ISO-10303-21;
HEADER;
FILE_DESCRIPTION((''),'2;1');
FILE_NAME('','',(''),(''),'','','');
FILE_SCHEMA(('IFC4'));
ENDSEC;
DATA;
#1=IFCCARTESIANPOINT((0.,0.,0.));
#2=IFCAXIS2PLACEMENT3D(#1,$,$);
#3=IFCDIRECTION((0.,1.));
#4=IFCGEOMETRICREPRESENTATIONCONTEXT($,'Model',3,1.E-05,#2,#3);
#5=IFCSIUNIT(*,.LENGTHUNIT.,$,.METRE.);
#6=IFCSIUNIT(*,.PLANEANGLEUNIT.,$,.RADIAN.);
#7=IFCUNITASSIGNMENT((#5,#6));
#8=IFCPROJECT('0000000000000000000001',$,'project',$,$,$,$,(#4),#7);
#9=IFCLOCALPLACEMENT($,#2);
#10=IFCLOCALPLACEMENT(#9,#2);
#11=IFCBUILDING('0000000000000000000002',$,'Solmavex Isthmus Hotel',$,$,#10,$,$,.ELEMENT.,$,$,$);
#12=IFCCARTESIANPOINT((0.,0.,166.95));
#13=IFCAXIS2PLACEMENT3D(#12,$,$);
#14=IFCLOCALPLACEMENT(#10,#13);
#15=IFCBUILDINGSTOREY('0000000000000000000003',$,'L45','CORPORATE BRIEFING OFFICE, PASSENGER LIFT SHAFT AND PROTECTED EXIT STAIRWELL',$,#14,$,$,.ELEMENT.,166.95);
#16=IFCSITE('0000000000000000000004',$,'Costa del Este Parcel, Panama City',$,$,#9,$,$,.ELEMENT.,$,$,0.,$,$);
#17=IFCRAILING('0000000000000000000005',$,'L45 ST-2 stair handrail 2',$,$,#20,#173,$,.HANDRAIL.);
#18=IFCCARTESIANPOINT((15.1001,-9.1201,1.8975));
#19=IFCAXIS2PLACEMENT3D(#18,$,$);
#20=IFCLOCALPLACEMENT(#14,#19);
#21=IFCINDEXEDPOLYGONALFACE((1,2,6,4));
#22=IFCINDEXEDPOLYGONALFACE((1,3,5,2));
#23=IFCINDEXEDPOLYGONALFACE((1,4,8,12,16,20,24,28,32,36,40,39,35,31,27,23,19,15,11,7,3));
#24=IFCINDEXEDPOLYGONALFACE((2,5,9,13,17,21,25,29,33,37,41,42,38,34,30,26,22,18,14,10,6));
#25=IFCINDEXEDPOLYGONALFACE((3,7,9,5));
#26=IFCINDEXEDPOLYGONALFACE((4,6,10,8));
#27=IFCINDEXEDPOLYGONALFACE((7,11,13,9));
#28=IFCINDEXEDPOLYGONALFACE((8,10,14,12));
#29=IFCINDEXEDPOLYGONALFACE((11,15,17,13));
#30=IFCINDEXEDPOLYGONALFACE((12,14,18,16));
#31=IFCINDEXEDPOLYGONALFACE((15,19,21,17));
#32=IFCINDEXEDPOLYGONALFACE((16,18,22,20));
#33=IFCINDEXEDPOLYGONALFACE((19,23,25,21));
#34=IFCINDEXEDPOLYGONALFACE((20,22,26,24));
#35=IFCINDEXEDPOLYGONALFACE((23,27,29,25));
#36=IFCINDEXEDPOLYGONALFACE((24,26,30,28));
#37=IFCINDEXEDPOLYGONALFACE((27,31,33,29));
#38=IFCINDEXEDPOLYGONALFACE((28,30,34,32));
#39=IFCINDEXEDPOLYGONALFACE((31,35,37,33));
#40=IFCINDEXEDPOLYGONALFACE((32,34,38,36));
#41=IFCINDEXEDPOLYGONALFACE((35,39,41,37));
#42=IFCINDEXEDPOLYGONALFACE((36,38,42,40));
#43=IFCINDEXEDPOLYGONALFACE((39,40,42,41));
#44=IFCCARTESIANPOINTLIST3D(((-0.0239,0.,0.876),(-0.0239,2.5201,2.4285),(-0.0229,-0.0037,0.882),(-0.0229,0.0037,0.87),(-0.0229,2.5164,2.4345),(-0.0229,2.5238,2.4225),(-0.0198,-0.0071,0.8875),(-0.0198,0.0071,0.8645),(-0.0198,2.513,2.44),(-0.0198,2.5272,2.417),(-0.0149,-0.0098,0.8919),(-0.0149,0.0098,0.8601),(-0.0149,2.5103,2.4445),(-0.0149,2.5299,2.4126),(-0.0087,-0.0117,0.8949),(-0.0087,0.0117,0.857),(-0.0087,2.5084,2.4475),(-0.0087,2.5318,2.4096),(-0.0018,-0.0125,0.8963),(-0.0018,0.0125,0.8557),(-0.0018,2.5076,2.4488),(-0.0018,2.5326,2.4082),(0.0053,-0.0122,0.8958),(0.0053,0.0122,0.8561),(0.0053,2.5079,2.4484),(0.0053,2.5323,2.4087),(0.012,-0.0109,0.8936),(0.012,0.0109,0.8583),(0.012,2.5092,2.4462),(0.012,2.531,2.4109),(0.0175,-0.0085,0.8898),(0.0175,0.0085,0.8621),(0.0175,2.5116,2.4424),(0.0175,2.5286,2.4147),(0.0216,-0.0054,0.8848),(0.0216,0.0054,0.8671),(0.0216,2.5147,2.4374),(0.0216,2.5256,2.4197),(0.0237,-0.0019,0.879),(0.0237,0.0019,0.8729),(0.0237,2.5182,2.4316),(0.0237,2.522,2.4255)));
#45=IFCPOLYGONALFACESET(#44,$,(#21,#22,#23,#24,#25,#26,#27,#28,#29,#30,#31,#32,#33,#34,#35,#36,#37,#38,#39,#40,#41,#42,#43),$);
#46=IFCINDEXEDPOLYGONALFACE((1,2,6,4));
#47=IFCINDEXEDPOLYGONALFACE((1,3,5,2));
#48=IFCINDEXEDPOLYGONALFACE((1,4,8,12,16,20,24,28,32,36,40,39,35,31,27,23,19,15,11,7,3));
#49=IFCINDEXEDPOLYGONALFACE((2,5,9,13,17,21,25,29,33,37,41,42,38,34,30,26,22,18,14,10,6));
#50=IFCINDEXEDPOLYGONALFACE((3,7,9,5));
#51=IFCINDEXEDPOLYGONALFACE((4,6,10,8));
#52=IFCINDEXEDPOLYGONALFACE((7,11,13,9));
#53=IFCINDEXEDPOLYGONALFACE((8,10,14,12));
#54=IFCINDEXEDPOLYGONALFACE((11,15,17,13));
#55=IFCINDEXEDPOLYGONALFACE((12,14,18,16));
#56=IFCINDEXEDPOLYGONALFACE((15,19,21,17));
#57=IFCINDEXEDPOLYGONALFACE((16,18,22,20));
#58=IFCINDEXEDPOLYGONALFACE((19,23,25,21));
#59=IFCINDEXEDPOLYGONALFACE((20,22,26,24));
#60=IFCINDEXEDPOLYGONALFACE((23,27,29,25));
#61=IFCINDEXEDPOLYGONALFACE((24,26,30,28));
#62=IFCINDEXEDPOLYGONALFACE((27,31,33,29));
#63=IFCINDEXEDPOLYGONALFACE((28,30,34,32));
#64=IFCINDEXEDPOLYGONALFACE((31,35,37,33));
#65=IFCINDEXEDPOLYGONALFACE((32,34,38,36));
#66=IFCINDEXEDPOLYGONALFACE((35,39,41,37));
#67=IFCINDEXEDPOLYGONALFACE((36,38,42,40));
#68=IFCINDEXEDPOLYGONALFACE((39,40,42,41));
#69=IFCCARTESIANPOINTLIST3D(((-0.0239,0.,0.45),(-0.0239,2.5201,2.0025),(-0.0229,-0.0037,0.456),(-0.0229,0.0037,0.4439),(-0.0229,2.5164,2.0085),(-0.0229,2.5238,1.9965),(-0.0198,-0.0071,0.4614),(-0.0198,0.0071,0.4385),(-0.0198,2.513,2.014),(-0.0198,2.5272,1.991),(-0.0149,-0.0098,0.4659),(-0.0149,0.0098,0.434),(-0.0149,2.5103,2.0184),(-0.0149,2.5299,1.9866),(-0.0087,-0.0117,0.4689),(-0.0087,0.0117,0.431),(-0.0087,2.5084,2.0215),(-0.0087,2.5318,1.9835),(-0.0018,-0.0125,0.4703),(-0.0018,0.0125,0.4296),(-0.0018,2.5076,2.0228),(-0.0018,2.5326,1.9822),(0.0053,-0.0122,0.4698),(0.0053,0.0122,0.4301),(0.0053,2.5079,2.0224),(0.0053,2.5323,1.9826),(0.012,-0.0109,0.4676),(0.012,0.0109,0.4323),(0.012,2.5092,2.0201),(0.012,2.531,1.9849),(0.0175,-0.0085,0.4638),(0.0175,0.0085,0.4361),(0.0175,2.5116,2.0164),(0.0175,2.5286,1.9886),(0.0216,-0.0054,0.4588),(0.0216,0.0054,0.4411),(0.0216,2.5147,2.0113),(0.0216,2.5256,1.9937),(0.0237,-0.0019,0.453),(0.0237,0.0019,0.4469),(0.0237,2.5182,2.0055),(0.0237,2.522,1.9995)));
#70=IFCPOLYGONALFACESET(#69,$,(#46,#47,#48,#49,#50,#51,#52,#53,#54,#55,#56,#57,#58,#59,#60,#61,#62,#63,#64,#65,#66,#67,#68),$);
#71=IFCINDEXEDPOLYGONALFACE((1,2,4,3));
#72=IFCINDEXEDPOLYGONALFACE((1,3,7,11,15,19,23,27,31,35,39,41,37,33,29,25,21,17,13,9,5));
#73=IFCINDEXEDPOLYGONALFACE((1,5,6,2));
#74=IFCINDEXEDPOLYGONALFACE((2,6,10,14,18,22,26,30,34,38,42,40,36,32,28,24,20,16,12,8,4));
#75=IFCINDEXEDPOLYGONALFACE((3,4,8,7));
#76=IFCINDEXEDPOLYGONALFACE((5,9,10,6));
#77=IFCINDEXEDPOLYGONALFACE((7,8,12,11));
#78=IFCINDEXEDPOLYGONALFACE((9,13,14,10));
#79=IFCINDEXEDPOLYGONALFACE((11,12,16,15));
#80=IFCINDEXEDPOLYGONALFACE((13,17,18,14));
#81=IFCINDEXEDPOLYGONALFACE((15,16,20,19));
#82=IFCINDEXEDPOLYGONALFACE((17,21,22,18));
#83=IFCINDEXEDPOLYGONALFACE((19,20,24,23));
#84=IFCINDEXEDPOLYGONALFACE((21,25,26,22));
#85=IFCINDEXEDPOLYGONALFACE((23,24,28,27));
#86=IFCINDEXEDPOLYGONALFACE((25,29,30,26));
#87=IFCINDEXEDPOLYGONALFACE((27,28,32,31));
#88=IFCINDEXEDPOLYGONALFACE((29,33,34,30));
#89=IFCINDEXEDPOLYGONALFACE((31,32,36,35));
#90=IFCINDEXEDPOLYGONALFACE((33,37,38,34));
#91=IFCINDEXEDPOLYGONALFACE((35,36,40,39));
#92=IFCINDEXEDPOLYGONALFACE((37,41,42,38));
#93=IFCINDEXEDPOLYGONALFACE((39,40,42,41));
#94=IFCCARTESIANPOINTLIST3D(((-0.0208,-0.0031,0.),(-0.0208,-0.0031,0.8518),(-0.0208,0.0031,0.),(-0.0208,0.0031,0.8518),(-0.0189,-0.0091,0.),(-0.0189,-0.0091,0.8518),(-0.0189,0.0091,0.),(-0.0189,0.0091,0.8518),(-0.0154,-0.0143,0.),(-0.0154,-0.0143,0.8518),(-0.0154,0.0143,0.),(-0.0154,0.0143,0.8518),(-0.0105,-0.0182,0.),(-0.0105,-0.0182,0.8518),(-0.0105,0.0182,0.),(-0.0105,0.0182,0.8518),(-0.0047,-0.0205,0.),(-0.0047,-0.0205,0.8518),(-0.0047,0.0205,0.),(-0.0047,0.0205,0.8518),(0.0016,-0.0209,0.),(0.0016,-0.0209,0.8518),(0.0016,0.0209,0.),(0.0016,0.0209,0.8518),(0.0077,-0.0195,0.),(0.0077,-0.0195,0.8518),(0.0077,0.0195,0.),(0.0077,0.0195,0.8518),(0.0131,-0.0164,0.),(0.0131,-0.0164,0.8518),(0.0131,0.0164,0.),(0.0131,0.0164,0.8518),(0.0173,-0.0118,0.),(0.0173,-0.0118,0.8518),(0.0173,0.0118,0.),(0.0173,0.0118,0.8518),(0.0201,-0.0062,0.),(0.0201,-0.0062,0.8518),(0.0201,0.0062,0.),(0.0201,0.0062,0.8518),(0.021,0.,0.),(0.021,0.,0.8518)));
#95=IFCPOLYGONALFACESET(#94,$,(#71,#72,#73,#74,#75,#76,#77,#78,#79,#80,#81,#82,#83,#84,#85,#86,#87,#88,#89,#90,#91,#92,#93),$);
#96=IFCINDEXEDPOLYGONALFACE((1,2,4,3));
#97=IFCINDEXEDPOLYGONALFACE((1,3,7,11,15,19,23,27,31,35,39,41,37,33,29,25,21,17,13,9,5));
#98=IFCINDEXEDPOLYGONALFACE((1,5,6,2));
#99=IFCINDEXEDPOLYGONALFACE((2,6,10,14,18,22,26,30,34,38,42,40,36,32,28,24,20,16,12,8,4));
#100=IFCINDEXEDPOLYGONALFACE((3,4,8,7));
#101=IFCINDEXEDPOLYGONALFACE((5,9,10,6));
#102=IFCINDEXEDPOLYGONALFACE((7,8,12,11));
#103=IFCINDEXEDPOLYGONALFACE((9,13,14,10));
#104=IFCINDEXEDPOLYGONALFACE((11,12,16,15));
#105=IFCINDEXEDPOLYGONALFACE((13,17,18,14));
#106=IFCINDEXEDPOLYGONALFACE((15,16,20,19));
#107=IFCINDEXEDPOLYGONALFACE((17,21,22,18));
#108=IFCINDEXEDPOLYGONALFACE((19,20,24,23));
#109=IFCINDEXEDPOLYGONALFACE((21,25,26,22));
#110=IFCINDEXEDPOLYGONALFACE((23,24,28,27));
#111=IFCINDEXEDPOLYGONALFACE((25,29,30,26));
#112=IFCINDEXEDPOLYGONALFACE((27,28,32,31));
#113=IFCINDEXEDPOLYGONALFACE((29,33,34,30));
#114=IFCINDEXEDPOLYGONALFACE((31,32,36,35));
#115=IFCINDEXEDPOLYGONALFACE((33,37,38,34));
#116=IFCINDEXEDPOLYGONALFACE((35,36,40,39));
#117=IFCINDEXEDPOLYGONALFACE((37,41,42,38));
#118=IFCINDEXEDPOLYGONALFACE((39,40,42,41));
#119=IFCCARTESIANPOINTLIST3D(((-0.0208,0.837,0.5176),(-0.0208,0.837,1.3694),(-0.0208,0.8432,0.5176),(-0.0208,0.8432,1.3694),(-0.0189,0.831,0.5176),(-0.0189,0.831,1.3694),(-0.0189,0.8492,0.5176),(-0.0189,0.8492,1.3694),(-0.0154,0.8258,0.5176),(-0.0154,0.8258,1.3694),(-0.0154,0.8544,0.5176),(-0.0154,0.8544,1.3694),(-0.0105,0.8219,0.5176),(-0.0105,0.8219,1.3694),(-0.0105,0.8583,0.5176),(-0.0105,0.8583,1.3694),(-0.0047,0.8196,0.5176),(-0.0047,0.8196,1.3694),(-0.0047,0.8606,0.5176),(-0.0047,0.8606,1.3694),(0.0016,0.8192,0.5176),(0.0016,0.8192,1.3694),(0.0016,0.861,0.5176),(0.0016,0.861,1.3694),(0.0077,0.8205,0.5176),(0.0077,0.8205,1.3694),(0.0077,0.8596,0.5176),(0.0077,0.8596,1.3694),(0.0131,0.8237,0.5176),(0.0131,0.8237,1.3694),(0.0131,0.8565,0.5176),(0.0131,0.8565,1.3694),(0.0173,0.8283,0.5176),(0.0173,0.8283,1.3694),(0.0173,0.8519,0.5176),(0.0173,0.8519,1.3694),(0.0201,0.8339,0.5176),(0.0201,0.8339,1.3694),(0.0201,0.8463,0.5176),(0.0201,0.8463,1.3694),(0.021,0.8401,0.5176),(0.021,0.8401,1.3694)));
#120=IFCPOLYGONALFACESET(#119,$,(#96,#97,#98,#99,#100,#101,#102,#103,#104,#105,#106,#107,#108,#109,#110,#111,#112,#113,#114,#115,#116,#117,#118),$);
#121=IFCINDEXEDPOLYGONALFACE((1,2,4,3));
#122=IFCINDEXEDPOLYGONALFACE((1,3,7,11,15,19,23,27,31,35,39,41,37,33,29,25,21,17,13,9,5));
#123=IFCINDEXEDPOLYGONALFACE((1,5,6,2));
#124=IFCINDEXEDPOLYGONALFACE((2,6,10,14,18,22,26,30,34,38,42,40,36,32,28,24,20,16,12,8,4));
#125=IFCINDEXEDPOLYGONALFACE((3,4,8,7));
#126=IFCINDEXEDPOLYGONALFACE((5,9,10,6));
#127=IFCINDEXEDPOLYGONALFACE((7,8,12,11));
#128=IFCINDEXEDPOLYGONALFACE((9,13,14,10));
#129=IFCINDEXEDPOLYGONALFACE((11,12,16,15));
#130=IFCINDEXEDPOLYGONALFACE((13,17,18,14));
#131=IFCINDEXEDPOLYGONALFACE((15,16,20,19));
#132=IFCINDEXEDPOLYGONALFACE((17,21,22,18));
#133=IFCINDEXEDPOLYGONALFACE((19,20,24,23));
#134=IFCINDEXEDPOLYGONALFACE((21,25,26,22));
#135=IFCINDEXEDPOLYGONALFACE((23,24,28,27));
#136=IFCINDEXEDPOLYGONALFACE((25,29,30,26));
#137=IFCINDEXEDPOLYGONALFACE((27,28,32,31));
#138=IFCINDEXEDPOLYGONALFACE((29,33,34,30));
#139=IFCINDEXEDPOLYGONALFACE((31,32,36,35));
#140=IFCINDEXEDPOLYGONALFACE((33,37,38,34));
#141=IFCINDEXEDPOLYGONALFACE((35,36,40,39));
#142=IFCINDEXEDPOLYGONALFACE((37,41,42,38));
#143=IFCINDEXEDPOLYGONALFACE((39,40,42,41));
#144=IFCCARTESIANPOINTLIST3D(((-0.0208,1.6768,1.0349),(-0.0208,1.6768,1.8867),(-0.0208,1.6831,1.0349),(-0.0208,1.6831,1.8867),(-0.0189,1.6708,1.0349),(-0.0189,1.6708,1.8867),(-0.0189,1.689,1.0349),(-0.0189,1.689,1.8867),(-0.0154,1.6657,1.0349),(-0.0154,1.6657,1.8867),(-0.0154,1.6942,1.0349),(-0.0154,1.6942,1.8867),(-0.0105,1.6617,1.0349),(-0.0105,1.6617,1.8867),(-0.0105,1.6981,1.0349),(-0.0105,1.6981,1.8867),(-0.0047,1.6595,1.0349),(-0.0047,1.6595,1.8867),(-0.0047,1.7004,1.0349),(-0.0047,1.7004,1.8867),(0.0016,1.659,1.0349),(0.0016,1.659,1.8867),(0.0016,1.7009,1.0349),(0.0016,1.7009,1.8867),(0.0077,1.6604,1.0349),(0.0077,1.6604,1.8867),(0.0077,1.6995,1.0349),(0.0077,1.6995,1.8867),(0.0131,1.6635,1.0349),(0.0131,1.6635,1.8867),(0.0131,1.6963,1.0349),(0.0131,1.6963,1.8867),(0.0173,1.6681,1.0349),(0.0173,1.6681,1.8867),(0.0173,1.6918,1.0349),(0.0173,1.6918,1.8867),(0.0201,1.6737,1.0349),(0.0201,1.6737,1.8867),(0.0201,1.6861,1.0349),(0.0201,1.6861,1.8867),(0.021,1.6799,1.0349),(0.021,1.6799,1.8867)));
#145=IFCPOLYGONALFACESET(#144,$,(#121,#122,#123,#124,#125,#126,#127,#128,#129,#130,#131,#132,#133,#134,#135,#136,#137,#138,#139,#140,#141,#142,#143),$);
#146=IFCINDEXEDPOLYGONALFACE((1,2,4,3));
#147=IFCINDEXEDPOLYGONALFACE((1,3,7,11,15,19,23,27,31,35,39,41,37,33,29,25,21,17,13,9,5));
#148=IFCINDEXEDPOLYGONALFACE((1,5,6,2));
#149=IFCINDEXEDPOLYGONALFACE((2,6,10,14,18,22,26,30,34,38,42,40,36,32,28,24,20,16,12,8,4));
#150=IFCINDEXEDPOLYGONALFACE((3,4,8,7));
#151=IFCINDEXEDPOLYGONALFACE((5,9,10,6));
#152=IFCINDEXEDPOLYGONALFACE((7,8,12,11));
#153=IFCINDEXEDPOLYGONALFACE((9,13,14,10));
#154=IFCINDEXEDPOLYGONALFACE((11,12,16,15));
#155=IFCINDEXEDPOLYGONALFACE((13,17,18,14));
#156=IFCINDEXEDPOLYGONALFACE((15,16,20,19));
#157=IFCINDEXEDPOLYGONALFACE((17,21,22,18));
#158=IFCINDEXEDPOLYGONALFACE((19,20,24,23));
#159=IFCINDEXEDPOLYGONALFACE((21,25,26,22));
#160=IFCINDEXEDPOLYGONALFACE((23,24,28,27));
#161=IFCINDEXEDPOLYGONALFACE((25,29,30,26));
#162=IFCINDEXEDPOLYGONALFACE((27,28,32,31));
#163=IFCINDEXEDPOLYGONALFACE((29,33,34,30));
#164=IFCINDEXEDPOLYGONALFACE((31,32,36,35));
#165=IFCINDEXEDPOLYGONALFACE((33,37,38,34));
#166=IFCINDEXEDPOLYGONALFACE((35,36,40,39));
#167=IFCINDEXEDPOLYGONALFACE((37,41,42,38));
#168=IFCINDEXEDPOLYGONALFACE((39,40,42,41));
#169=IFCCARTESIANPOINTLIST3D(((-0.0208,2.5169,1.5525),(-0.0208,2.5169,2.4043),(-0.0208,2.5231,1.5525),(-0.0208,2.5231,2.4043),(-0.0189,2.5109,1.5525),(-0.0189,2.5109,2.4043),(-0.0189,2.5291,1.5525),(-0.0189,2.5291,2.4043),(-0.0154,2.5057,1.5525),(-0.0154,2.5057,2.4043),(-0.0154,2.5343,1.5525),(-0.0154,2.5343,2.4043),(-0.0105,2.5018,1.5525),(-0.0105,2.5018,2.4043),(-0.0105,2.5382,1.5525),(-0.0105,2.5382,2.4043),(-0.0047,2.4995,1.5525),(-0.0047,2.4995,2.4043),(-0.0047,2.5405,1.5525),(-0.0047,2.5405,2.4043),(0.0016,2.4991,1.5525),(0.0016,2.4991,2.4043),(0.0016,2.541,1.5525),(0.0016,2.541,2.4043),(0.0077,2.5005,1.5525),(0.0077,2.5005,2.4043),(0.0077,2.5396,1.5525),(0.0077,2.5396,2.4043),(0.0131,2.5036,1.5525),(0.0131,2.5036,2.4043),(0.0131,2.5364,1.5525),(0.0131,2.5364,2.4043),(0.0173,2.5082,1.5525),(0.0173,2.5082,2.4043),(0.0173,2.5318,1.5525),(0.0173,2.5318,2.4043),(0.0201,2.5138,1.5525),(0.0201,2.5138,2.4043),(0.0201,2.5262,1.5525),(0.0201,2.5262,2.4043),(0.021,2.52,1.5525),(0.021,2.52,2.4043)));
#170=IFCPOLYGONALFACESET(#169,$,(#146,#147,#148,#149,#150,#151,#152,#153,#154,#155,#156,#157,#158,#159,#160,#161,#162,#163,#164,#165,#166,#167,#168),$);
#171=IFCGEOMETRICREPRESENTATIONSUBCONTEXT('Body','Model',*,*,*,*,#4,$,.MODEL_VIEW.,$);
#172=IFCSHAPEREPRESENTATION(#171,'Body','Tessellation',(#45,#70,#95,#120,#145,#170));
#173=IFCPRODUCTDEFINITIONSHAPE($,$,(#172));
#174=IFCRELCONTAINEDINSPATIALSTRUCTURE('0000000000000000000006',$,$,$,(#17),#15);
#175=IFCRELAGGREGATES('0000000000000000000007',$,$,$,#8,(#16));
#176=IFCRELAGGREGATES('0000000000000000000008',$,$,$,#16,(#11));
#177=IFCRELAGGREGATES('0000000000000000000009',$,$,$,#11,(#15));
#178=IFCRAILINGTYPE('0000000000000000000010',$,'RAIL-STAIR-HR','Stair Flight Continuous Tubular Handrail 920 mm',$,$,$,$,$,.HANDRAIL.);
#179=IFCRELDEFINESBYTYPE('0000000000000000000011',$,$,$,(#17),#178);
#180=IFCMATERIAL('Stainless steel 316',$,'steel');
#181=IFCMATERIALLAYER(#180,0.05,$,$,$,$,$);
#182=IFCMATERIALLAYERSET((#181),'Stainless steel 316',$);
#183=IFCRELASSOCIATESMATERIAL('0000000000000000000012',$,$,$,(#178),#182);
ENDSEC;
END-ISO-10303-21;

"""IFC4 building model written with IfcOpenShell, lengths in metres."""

from ifc_helpers import new_model, si_unit, direction, frame, origin, origin_2d, place, context, subcontext, project, spatial, circle, extrude, material, layer, layer_set, type_object, element, save


model = new_model("IFC4")

# Units and contexts
model_context = context("Model", 3, precision=1e-05, world=origin(), true_north=direction((0.0, 1.0)))
body_context = subcontext(model_context, "Body", "Model", "MODEL_VIEW")
ifc_project = project(units=[si_unit("LENGTHUNIT", "METRE"), si_unit("PLANEANGLEUNIT", "RADIAN")], contexts=[model_context])

# Site, building, storey
site_placement = place(None, origin())
site = spatial("IfcSite", under=ifc_project, at=site_placement, Name="Costa del Este Parcel, Panama City", CompositionType="ELEMENT", RefElevation=0.0)
building_placement = place(site_placement, origin())
building = spatial("IfcBuilding", under=site, at=building_placement, Name="Solmavex Isthmus Hotel", CompositionType="ELEMENT")
storey_placement = place(building_placement, frame((0.0, 0.0, 166.95)))
storey = spatial("IfcBuildingStorey", under=building, at=storey_placement, Name="L45", Description="CORPORATE BRIEFING OFFICE, PASSENGER LIFT SHAFT AND PROTECTED EXIT STAIRWELL", CompositionType="ELEMENT", Elevation=166.95)

# Railing
ifc_material_1 = material(Name="Stainless steel 316", Category="steel")
ifc_layer_1 = layer(ifc_material_1, 0.05)
ifc_layer_set_1 = layer_set([ifc_layer_1], Name="Stainless steel 316")
railing_type_1 = type_object("IfcRailingType", Name="RAIL-STAIR-HR", Description="Stair Flight Continuous Tubular Handrail 920 mm", PredefinedType="HANDRAIL", material=ifc_layer_set_1)
railing_1_placement = place(storey_placement, frame((15.1001, -9.1201, 1.8975)))
element("IfcRailing", 1, at=railing_1_placement, inside=storey, type_object=railing_type_1, Name="L45 ST-2 stair handrail 2", PredefinedType="HANDRAIL", context=body_context, shape_type="SweptSolid", body=[
    extrude(circle(Radius=0.0239, at=origin_2d()), frame((0.0, 0.0, 0.876), z_axis=(0.0, 0.8514, 0.524516), x_axis=(-1.0, 0.0, 0.0)), (0.0, 0.0, 1.0), 2.96),
    extrude(circle(Radius=0.0239, at=origin_2d()), frame((0.0, 0.0, 0.45), z_axis=(0.0, 0.8514, 0.524516), x_axis=(-1.0, 0.0, 0.0)), (0.0, 0.0, 1.0), 2.96),
    extrude(circle(Radius=0.021, at=origin_2d()), origin(), (0.0, 0.0, 1.0), 0.8518),
    extrude(circle(Radius=0.021, at=origin_2d()), frame((0.0, 0.8401, 0.5176)), (0.0, 0.0, 1.0), 0.8518),
    extrude(circle(Radius=0.021, at=origin_2d()), frame((0.0, 1.6799, 1.0349)), (0.0, 0.0, 1.0), 0.8518),
    extrude(circle(Radius=0.021, at=origin_2d()), frame((0.0, 2.52, 1.5525)), (0.0, 0.0, 1.0), 0.8518),
])

save(model, "model.ifc")
